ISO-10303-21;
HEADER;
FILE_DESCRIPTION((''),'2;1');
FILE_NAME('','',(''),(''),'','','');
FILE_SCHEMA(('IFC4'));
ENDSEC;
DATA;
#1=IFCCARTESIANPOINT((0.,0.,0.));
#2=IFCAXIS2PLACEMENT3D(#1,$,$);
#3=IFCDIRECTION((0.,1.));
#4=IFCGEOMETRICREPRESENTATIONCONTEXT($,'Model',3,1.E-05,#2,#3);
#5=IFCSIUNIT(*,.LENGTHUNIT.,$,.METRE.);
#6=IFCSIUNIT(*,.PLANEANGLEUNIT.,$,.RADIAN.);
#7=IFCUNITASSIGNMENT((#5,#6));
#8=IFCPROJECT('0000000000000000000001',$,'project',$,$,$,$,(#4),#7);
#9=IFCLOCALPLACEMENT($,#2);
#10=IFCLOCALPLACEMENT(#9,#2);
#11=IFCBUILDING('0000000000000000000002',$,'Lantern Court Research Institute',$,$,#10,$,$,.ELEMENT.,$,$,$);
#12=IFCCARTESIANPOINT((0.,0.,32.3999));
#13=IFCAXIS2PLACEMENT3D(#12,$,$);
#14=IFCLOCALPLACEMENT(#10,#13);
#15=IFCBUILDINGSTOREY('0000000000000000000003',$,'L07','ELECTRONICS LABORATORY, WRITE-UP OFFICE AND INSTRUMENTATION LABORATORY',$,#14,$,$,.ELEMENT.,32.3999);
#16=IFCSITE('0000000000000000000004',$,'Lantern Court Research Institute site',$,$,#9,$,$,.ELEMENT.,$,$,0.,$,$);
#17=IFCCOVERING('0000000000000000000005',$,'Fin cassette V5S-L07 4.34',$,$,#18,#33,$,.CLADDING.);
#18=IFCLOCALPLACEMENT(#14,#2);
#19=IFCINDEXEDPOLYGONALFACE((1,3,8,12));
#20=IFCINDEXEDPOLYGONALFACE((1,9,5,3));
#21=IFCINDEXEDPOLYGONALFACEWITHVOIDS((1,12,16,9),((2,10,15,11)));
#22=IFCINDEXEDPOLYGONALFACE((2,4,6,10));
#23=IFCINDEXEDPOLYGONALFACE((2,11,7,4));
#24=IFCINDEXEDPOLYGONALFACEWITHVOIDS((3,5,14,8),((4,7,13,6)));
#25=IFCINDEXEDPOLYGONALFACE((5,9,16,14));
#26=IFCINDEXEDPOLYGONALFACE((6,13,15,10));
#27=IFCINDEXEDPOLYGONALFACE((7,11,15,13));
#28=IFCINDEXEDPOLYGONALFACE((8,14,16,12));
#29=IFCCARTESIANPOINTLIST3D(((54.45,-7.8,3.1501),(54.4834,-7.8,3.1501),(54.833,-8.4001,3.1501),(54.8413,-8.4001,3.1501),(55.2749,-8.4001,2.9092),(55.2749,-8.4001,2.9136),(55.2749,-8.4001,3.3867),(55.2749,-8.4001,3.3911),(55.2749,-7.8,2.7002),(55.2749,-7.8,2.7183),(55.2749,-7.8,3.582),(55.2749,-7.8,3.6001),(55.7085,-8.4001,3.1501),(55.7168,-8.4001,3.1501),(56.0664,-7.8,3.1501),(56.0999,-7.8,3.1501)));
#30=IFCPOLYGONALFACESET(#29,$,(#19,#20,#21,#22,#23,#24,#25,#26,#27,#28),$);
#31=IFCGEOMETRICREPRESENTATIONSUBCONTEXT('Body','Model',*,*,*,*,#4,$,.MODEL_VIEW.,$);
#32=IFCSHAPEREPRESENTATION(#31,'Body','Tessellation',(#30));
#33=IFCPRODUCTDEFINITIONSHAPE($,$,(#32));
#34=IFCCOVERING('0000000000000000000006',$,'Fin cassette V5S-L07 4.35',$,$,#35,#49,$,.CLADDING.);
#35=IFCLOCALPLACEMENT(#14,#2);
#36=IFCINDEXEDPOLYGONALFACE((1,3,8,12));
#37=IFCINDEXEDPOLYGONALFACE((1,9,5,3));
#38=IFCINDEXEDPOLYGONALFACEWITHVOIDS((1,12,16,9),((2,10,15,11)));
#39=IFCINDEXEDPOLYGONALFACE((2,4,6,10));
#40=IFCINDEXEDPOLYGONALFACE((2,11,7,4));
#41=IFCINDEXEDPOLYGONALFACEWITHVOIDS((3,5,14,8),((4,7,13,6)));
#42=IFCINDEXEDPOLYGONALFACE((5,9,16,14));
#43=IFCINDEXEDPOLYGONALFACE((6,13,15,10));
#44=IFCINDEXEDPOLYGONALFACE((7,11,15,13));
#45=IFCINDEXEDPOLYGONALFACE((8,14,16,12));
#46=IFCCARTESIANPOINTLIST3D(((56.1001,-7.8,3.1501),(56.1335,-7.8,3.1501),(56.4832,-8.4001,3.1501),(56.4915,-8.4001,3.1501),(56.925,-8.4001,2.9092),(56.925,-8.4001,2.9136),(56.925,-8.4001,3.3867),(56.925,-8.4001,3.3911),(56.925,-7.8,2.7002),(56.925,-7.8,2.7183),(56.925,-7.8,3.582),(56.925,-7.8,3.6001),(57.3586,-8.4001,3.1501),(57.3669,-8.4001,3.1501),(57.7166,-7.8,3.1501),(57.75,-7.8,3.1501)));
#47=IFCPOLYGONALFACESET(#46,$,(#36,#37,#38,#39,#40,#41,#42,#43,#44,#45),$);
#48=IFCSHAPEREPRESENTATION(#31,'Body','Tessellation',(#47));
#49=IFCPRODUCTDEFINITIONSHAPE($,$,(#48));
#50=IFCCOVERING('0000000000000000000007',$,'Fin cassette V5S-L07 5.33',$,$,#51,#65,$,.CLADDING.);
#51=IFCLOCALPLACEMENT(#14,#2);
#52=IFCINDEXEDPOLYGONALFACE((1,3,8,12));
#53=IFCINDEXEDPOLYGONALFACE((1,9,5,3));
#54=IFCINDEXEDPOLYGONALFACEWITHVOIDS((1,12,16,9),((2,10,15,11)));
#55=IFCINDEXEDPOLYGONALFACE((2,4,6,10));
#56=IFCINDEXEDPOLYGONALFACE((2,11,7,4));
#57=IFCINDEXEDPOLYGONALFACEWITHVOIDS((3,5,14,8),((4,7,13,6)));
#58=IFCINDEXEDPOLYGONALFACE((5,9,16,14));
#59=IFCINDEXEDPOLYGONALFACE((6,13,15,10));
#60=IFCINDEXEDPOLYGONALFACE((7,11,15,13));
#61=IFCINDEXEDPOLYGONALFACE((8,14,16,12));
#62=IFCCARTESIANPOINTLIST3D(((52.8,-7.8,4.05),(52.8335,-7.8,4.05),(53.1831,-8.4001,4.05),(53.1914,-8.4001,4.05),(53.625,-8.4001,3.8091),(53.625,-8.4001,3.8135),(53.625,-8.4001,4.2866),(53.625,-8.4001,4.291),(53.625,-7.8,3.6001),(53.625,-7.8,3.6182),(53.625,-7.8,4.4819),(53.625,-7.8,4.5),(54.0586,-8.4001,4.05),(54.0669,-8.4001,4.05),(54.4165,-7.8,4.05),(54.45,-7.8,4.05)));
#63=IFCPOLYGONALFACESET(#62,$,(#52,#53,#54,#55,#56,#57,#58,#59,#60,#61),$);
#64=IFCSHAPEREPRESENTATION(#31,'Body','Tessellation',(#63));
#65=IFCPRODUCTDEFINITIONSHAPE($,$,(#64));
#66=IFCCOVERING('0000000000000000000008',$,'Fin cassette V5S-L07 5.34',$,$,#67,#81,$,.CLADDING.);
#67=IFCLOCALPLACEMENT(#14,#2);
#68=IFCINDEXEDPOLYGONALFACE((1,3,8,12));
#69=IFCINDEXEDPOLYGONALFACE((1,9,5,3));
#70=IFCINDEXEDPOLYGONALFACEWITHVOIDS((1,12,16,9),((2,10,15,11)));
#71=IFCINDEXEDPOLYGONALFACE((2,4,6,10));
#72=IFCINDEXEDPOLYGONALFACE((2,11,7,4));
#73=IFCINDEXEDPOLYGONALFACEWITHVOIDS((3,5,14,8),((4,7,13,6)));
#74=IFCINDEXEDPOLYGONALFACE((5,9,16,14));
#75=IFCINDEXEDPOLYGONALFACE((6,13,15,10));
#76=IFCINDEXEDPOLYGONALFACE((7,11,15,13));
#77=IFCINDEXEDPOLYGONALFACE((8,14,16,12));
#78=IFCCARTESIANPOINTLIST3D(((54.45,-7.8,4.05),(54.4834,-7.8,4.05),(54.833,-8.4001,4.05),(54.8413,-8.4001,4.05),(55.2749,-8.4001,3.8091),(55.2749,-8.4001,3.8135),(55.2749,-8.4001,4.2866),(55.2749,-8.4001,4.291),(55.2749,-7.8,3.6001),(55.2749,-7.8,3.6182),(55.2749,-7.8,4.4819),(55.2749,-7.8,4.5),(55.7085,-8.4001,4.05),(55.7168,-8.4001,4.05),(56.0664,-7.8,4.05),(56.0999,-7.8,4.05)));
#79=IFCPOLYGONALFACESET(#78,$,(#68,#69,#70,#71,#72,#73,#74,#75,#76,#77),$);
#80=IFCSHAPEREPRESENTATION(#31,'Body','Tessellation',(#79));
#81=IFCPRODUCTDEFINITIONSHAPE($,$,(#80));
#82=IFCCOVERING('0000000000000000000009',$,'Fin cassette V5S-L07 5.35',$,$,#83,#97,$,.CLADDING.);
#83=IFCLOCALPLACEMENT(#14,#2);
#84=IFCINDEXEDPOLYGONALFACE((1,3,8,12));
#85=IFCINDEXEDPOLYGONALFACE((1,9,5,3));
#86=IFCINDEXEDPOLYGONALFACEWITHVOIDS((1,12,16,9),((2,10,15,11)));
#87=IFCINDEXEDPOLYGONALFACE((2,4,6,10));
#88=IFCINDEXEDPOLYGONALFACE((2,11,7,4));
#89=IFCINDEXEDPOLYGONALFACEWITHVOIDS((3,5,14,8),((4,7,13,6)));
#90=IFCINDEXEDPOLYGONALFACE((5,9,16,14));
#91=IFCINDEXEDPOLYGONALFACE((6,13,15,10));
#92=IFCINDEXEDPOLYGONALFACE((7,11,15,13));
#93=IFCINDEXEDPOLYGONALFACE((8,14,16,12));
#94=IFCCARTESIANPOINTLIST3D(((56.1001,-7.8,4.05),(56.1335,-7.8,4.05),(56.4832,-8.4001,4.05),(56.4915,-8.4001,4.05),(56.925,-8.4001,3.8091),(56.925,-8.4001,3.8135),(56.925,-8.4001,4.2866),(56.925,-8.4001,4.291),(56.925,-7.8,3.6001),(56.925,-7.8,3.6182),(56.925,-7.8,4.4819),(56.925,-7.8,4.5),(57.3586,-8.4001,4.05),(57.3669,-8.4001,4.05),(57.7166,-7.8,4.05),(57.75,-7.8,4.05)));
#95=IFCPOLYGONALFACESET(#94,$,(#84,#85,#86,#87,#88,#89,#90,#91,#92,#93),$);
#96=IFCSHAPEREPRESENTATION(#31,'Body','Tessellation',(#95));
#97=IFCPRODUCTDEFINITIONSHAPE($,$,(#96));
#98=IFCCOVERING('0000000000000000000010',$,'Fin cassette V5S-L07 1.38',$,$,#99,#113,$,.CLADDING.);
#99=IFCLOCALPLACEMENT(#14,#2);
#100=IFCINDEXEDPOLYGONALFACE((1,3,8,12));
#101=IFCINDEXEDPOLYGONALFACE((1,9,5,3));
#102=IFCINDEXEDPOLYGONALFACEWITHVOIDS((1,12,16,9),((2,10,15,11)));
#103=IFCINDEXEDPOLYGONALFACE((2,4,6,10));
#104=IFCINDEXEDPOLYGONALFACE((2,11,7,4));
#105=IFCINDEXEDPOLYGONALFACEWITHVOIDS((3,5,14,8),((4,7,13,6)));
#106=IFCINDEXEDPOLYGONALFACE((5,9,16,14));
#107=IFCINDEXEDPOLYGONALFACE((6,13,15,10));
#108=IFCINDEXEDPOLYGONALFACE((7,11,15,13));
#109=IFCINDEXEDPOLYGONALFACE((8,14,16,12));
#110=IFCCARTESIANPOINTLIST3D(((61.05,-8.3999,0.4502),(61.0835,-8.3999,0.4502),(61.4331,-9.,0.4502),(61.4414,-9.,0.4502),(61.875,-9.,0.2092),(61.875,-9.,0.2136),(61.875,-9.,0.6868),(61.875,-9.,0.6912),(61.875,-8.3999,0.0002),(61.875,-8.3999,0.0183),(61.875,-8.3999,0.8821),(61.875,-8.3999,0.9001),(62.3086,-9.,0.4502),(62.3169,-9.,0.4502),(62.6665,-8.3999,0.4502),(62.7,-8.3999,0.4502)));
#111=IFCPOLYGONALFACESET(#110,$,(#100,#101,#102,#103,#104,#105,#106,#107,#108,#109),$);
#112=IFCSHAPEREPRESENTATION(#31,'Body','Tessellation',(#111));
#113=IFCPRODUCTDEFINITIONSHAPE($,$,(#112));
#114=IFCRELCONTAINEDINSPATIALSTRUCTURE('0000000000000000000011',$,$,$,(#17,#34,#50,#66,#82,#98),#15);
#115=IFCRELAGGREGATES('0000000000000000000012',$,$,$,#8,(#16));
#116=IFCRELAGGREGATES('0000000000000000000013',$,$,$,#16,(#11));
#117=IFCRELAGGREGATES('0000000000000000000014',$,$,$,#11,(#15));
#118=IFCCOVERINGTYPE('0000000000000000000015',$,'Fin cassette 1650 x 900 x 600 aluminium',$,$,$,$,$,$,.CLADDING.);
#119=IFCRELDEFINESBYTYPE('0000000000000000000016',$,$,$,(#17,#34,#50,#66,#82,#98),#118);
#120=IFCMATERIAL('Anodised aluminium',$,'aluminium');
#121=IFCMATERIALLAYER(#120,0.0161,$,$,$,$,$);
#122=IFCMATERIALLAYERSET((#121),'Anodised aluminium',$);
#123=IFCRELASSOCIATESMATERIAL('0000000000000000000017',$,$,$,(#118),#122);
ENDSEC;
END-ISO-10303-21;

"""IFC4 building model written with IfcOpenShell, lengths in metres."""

from ifc_helpers import new_model, entity, si_unit, direction, frame, origin, place, context, subcontext, project, spatial, material, layer, layer_set, type_object, element, save


model = new_model("IFC4")

# Units and contexts
model_context = context("Model", 3, precision=1e-05, world=origin(), true_north=direction((0.0, 1.0)))
body_context = subcontext(model_context, "Body", "Model", "MODEL_VIEW")
ifc_project = project(units=[si_unit("LENGTHUNIT", "METRE"), si_unit("PLANEANGLEUNIT", "RADIAN")], contexts=[model_context])

# Site, building, storey
site_placement = place(None, origin())
site = spatial("IfcSite", under=ifc_project, at=site_placement, Name="Lantern Court Research Institute site", CompositionType="ELEMENT", RefElevation=0.0)
building_placement = place(site_placement, origin())
building = spatial("IfcBuilding", under=site, at=building_placement, Name="Lantern Court Research Institute", CompositionType="ELEMENT")
storey_placement = place(building_placement, frame((0.0, 0.0, 32.3999)))
storey = spatial("IfcBuildingStorey", under=building, at=storey_placement, Name="L07", Description="ELECTRONICS LABORATORY, WRITE-UP OFFICE AND INSTRUMENTATION LABORATORY", CompositionType="ELEMENT", Elevation=32.3999)

# Coverings
ifc_material_1 = material(Name="Anodised aluminium", Category="aluminium")
ifc_layer_1 = layer(ifc_material_1, 0.0161)
ifc_layer_set_1 = layer_set([ifc_layer_1], Name="Anodised aluminium")
covering_type = type_object("IfcCoveringType", Name="Fin cassette 1650 x 900 x 600 aluminium", PredefinedType="CLADDING", material=ifc_layer_set_1)
covering_1_placement = place(storey_placement, frame((55.2749, -7.8, 3.1501), z_axis=(0.0, -1.0, 0.0), x_axis=(1.0, 0.0, 0.0)))
cartesian_point_1 = entity("IfcCartesianPoint", [0.825, 0.0])
cartesian_point_2 = entity("IfcCartesianPoint", [0.7915, 0.0])
cartesian_point_3 = entity("IfcCartesianPoint", [0.4419, 0.0])
cartesian_point_4 = entity("IfcCartesianPoint", [0.4336, 0.0])
element("IfcCovering", 1, at=covering_1_placement, inside=storey, type_object=covering_type, Name="Fin cassette V5S-L07 4.34", PredefinedType="CLADDING", context=body_context, shape_type="SweptSolid", body=[
    entity("IfcExtrudedAreaSolidTapered", entity("IfcArbitraryProfileDefWithVoids", "AREA", None, entity("IfcPolyline", [cartesian_point_1, entity("IfcCartesianPoint", [0.0, 0.45]), entity("IfcCartesianPoint", [-0.825, 0.0]), entity("IfcCartesianPoint", [0.0, -0.45]), cartesian_point_1]), [entity("IfcPolyline", [cartesian_point_2, entity("IfcCartesianPoint", [0.0, 0.4319]), entity("IfcCartesianPoint", [-0.7915, 0.0]), entity("IfcCartesianPoint", [0.0, -0.4319]), cartesian_point_2])]), entity("IfcAxis2Placement3D", entity("IfcCartesianPoint", [0.0, 0.0, 0.0])), entity("IfcDirection", [0.0, 0.0, 1.0]), 0.6001, entity("IfcArbitraryProfileDefWithVoids", "AREA", None, entity("IfcPolyline", [cartesian_point_3, entity("IfcCartesianPoint", [0.0, 0.241]), entity("IfcCartesianPoint", [-0.4419, 0.0]), entity("IfcCartesianPoint", [0.0, -0.241]), cartesian_point_3]), [entity("IfcPolyline", [cartesian_point_4, entity("IfcCartesianPoint", [0.0, 0.2366]), entity("IfcCartesianPoint", [-0.4336, 0.0]), entity("IfcCartesianPoint", [0.0, -0.2366]), cartesian_point_4])])),
])
covering_2_placement = place(storey_placement, frame((56.925, -7.8, 3.1501), z_axis=(0.0, -1.0, 0.0), x_axis=(1.0, 0.0, 0.0)))
cartesian_point_5 = entity("IfcCartesianPoint", [0.825, 0.0])
cartesian_point_6 = entity("IfcCartesianPoint", [0.7915, 0.0])
cartesian_point_7 = entity("IfcCartesianPoint", [0.4419, 0.0])
cartesian_point_8 = entity("IfcCartesianPoint", [0.4336, 0.0])
element("IfcCovering", 2, at=covering_2_placement, inside=storey, type_object=covering_type, Name="Fin cassette V5S-L07 4.35", PredefinedType="CLADDING", context=body_context, shape_type="SweptSolid", body=[
    entity("IfcExtrudedAreaSolidTapered", entity("IfcArbitraryProfileDefWithVoids", "AREA", None, entity("IfcPolyline", [cartesian_point_5, entity("IfcCartesianPoint", [0.0, 0.45]), entity("IfcCartesianPoint", [-0.825, 0.0]), entity("IfcCartesianPoint", [0.0, -0.45]), cartesian_point_5]), [entity("IfcPolyline", [cartesian_point_6, entity("IfcCartesianPoint", [0.0, 0.4319]), entity("IfcCartesianPoint", [-0.7915, 0.0]), entity("IfcCartesianPoint", [0.0, -0.4319]), cartesian_point_6])]), entity("IfcAxis2Placement3D", entity("IfcCartesianPoint", [0.0, 0.0, 0.0])), entity("IfcDirection", [0.0, 0.0, 1.0]), 0.6001, entity("IfcArbitraryProfileDefWithVoids", "AREA", None, entity("IfcPolyline", [cartesian_point_7, entity("IfcCartesianPoint", [0.0, 0.241]), entity("IfcCartesianPoint", [-0.4419, 0.0]), entity("IfcCartesianPoint", [0.0, -0.241]), cartesian_point_7]), [entity("IfcPolyline", [cartesian_point_8, entity("IfcCartesianPoint", [0.0, 0.2366]), entity("IfcCartesianPoint", [-0.4336, 0.0]), entity("IfcCartesianPoint", [0.0, -0.2366]), cartesian_point_8])])),
])
covering_3_placement = place(storey_placement, frame((53.625, -7.8, 4.05), z_axis=(0.0, -1.0, 0.0), x_axis=(1.0, 0.0, 0.0)))
cartesian_point_9 = entity("IfcCartesianPoint", [0.825, 0.0])
cartesian_point_10 = entity("IfcCartesianPoint", [0.7915, 0.0])
cartesian_point_11 = entity("IfcCartesianPoint", [0.4419, 0.0])
cartesian_point_12 = entity("IfcCartesianPoint", [0.4336, 0.0])
element("IfcCovering", 3, at=covering_3_placement, inside=storey, type_object=covering_type, Name="Fin cassette V5S-L07 5.33", PredefinedType="CLADDING", context=body_context, shape_type="SweptSolid", body=[
    entity("IfcExtrudedAreaSolidTapered", entity("IfcArbitraryProfileDefWithVoids", "AREA", None, entity("IfcPolyline", [cartesian_point_9, entity("IfcCartesianPoint", [0.0, 0.45]), entity("IfcCartesianPoint", [-0.825, 0.0]), entity("IfcCartesianPoint", [0.0, -0.45]), cartesian_point_9]), [entity("IfcPolyline", [cartesian_point_10, entity("IfcCartesianPoint", [0.0, 0.4319]), entity("IfcCartesianPoint", [-0.7915, 0.0]), entity("IfcCartesianPoint", [0.0, -0.4319]), cartesian_point_10])]), entity("IfcAxis2Placement3D", entity("IfcCartesianPoint", [0.0, 0.0, 0.0])), entity("IfcDirection", [0.0, 0.0, 1.0]), 0.6001, entity("IfcArbitraryProfileDefWithVoids", "AREA", None, entity("IfcPolyline", [cartesian_point_11, entity("IfcCartesianPoint", [0.0, 0.241]), entity("IfcCartesianPoint", [-0.4419, 0.0]), entity("IfcCartesianPoint", [0.0, -0.241]), cartesian_point_11]), [entity("IfcPolyline", [cartesian_point_12, entity("IfcCartesianPoint", [0.0, 0.2366]), entity("IfcCartesianPoint", [-0.4336, 0.0]), entity("IfcCartesianPoint", [0.0, -0.2366]), cartesian_point_12])])),
])
covering_4_placement = place(storey_placement, frame((55.2749, -7.8, 4.05), z_axis=(0.0, -1.0, 0.0), x_axis=(1.0, 0.0, 0.0)))
cartesian_point_13 = entity("IfcCartesianPoint", [0.825, 0.0])
cartesian_point_14 = entity("IfcCartesianPoint", [0.7915, 0.0])
cartesian_point_15 = entity("IfcCartesianPoint", [0.4419, 0.0])
cartesian_point_16 = entity("IfcCartesianPoint", [0.4336, 0.0])
element("IfcCovering", 4, at=covering_4_placement, inside=storey, type_object=covering_type, Name="Fin cassette V5S-L07 5.34", PredefinedType="CLADDING", context=body_context, shape_type="SweptSolid", body=[
    entity("IfcExtrudedAreaSolidTapered", entity("IfcArbitraryProfileDefWithVoids", "AREA", None, entity("IfcPolyline", [cartesian_point_13, entity("IfcCartesianPoint", [0.0, 0.45]), entity("IfcCartesianPoint", [-0.825, 0.0]), entity("IfcCartesianPoint", [0.0, -0.45]), cartesian_point_13]), [entity("IfcPolyline", [cartesian_point_14, entity("IfcCartesianPoint", [0.0, 0.4319]), entity("IfcCartesianPoint", [-0.7915, 0.0]), entity("IfcCartesianPoint", [0.0, -0.4319]), cartesian_point_14])]), entity("IfcAxis2Placement3D", entity("IfcCartesianPoint", [0.0, 0.0, 0.0])), entity("IfcDirection", [0.0, 0.0, 1.0]), 0.6001, entity("IfcArbitraryProfileDefWithVoids", "AREA", None, entity("IfcPolyline", [cartesian_point_15, entity("IfcCartesianPoint", [0.0, 0.241]), entity("IfcCartesianPoint", [-0.4419, 0.0]), entity("IfcCartesianPoint", [0.0, -0.241]), cartesian_point_15]), [entity("IfcPolyline", [cartesian_point_16, entity("IfcCartesianPoint", [0.0, 0.2366]), entity("IfcCartesianPoint", [-0.4336, 0.0]), entity("IfcCartesianPoint", [0.0, -0.2366]), cartesian_point_16])])),
])
covering_5_placement = place(storey_placement, frame((56.925, -7.8, 4.05), z_axis=(0.0, -1.0, 0.0), x_axis=(1.0, 0.0, 0.0)))
cartesian_point_17 = entity("IfcCartesianPoint", [0.825, 0.0])
cartesian_point_18 = entity("IfcCartesianPoint", [0.7915, 0.0])
cartesian_point_19 = entity("IfcCartesianPoint", [0.4419, 0.0])
cartesian_point_20 = entity("IfcCartesianPoint", [0.4336, 0.0])
element("IfcCovering", 5, at=covering_5_placement, inside=storey, type_object=covering_type, Name="Fin cassette V5S-L07 5.35", PredefinedType="CLADDING", context=body_context, shape_type="SweptSolid", body=[
    entity("IfcExtrudedAreaSolidTapered", entity("IfcArbitraryProfileDefWithVoids", "AREA", None, entity("IfcPolyline", [cartesian_point_17, entity("IfcCartesianPoint", [0.0, 0.45]), entity("IfcCartesianPoint", [-0.825, 0.0]), entity("IfcCartesianPoint", [0.0, -0.45]), cartesian_point_17]), [entity("IfcPolyline", [cartesian_point_18, entity("IfcCartesianPoint", [0.0, 0.4319]), entity("IfcCartesianPoint", [-0.7915, 0.0]), entity("IfcCartesianPoint", [0.0, -0.4319]), cartesian_point_18])]), entity("IfcAxis2Placement3D", entity("IfcCartesianPoint", [0.0, 0.0, 0.0])), entity("IfcDirection", [0.0, 0.0, 1.0]), 0.6001, entity("IfcArbitraryProfileDefWithVoids", "AREA", None, entity("IfcPolyline", [cartesian_point_19, entity("IfcCartesianPoint", [0.0, 0.241]), entity("IfcCartesianPoint", [-0.4419, 0.0]), entity("IfcCartesianPoint", [0.0, -0.241]), cartesian_point_19]), [entity("IfcPolyline", [cartesian_point_20, entity("IfcCartesianPoint", [0.0, 0.2366]), entity("IfcCartesianPoint", [-0.4336, 0.0]), entity("IfcCartesianPoint", [0.0, -0.2366]), cartesian_point_20])])),
])
covering_6_placement = place(storey_placement, frame((61.875, -8.3999, 0.4502), z_axis=(0.0, -1.0, 0.0), x_axis=(1.0, 0.0, 0.0)))
cartesian_point_21 = entity("IfcCartesianPoint", [0.825, 0.0])
cartesian_point_22 = entity("IfcCartesianPoint", [0.7915, 0.0])
cartesian_point_23 = entity("IfcCartesianPoint", [0.4419, 0.0])
cartesian_point_24 = entity("IfcCartesianPoint", [0.4336, 0.0])
element("IfcCovering", 6, at=covering_6_placement, inside=storey, type_object=covering_type, Name="Fin cassette V5S-L07 1.38", PredefinedType="CLADDING", context=body_context, shape_type="SweptSolid", body=[
    entity("IfcExtrudedAreaSolidTapered", entity("IfcArbitraryProfileDefWithVoids", "AREA", None, entity("IfcPolyline", [cartesian_point_21, entity("IfcCartesianPoint", [0.0, 0.45]), entity("IfcCartesianPoint", [-0.825, 0.0]), entity("IfcCartesianPoint", [0.0, -0.45]), cartesian_point_21]), [entity("IfcPolyline", [cartesian_point_22, entity("IfcCartesianPoint", [0.0, 0.4319]), entity("IfcCartesianPoint", [-0.7915, 0.0]), entity("IfcCartesianPoint", [0.0, -0.4319]), cartesian_point_22])]), entity("IfcAxis2Placement3D", entity("IfcCartesianPoint", [0.0, 0.0, 0.0])), entity("IfcDirection", [0.0, 0.0, 1.0]), 0.6001, entity("IfcArbitraryProfileDefWithVoids", "AREA", None, entity("IfcPolyline", [cartesian_point_23, entity("IfcCartesianPoint", [0.0, 0.241]), entity("IfcCartesianPoint", [-0.4419, 0.0]), entity("IfcCartesianPoint", [0.0, -0.241]), cartesian_point_23]), [entity("IfcPolyline", [cartesian_point_24, entity("IfcCartesianPoint", [0.0, 0.2366]), entity("IfcCartesianPoint", [-0.4336, 0.0]), entity("IfcCartesianPoint", [0.0, -0.2366]), cartesian_point_24])])),
])

save(model, "model.ifc")
